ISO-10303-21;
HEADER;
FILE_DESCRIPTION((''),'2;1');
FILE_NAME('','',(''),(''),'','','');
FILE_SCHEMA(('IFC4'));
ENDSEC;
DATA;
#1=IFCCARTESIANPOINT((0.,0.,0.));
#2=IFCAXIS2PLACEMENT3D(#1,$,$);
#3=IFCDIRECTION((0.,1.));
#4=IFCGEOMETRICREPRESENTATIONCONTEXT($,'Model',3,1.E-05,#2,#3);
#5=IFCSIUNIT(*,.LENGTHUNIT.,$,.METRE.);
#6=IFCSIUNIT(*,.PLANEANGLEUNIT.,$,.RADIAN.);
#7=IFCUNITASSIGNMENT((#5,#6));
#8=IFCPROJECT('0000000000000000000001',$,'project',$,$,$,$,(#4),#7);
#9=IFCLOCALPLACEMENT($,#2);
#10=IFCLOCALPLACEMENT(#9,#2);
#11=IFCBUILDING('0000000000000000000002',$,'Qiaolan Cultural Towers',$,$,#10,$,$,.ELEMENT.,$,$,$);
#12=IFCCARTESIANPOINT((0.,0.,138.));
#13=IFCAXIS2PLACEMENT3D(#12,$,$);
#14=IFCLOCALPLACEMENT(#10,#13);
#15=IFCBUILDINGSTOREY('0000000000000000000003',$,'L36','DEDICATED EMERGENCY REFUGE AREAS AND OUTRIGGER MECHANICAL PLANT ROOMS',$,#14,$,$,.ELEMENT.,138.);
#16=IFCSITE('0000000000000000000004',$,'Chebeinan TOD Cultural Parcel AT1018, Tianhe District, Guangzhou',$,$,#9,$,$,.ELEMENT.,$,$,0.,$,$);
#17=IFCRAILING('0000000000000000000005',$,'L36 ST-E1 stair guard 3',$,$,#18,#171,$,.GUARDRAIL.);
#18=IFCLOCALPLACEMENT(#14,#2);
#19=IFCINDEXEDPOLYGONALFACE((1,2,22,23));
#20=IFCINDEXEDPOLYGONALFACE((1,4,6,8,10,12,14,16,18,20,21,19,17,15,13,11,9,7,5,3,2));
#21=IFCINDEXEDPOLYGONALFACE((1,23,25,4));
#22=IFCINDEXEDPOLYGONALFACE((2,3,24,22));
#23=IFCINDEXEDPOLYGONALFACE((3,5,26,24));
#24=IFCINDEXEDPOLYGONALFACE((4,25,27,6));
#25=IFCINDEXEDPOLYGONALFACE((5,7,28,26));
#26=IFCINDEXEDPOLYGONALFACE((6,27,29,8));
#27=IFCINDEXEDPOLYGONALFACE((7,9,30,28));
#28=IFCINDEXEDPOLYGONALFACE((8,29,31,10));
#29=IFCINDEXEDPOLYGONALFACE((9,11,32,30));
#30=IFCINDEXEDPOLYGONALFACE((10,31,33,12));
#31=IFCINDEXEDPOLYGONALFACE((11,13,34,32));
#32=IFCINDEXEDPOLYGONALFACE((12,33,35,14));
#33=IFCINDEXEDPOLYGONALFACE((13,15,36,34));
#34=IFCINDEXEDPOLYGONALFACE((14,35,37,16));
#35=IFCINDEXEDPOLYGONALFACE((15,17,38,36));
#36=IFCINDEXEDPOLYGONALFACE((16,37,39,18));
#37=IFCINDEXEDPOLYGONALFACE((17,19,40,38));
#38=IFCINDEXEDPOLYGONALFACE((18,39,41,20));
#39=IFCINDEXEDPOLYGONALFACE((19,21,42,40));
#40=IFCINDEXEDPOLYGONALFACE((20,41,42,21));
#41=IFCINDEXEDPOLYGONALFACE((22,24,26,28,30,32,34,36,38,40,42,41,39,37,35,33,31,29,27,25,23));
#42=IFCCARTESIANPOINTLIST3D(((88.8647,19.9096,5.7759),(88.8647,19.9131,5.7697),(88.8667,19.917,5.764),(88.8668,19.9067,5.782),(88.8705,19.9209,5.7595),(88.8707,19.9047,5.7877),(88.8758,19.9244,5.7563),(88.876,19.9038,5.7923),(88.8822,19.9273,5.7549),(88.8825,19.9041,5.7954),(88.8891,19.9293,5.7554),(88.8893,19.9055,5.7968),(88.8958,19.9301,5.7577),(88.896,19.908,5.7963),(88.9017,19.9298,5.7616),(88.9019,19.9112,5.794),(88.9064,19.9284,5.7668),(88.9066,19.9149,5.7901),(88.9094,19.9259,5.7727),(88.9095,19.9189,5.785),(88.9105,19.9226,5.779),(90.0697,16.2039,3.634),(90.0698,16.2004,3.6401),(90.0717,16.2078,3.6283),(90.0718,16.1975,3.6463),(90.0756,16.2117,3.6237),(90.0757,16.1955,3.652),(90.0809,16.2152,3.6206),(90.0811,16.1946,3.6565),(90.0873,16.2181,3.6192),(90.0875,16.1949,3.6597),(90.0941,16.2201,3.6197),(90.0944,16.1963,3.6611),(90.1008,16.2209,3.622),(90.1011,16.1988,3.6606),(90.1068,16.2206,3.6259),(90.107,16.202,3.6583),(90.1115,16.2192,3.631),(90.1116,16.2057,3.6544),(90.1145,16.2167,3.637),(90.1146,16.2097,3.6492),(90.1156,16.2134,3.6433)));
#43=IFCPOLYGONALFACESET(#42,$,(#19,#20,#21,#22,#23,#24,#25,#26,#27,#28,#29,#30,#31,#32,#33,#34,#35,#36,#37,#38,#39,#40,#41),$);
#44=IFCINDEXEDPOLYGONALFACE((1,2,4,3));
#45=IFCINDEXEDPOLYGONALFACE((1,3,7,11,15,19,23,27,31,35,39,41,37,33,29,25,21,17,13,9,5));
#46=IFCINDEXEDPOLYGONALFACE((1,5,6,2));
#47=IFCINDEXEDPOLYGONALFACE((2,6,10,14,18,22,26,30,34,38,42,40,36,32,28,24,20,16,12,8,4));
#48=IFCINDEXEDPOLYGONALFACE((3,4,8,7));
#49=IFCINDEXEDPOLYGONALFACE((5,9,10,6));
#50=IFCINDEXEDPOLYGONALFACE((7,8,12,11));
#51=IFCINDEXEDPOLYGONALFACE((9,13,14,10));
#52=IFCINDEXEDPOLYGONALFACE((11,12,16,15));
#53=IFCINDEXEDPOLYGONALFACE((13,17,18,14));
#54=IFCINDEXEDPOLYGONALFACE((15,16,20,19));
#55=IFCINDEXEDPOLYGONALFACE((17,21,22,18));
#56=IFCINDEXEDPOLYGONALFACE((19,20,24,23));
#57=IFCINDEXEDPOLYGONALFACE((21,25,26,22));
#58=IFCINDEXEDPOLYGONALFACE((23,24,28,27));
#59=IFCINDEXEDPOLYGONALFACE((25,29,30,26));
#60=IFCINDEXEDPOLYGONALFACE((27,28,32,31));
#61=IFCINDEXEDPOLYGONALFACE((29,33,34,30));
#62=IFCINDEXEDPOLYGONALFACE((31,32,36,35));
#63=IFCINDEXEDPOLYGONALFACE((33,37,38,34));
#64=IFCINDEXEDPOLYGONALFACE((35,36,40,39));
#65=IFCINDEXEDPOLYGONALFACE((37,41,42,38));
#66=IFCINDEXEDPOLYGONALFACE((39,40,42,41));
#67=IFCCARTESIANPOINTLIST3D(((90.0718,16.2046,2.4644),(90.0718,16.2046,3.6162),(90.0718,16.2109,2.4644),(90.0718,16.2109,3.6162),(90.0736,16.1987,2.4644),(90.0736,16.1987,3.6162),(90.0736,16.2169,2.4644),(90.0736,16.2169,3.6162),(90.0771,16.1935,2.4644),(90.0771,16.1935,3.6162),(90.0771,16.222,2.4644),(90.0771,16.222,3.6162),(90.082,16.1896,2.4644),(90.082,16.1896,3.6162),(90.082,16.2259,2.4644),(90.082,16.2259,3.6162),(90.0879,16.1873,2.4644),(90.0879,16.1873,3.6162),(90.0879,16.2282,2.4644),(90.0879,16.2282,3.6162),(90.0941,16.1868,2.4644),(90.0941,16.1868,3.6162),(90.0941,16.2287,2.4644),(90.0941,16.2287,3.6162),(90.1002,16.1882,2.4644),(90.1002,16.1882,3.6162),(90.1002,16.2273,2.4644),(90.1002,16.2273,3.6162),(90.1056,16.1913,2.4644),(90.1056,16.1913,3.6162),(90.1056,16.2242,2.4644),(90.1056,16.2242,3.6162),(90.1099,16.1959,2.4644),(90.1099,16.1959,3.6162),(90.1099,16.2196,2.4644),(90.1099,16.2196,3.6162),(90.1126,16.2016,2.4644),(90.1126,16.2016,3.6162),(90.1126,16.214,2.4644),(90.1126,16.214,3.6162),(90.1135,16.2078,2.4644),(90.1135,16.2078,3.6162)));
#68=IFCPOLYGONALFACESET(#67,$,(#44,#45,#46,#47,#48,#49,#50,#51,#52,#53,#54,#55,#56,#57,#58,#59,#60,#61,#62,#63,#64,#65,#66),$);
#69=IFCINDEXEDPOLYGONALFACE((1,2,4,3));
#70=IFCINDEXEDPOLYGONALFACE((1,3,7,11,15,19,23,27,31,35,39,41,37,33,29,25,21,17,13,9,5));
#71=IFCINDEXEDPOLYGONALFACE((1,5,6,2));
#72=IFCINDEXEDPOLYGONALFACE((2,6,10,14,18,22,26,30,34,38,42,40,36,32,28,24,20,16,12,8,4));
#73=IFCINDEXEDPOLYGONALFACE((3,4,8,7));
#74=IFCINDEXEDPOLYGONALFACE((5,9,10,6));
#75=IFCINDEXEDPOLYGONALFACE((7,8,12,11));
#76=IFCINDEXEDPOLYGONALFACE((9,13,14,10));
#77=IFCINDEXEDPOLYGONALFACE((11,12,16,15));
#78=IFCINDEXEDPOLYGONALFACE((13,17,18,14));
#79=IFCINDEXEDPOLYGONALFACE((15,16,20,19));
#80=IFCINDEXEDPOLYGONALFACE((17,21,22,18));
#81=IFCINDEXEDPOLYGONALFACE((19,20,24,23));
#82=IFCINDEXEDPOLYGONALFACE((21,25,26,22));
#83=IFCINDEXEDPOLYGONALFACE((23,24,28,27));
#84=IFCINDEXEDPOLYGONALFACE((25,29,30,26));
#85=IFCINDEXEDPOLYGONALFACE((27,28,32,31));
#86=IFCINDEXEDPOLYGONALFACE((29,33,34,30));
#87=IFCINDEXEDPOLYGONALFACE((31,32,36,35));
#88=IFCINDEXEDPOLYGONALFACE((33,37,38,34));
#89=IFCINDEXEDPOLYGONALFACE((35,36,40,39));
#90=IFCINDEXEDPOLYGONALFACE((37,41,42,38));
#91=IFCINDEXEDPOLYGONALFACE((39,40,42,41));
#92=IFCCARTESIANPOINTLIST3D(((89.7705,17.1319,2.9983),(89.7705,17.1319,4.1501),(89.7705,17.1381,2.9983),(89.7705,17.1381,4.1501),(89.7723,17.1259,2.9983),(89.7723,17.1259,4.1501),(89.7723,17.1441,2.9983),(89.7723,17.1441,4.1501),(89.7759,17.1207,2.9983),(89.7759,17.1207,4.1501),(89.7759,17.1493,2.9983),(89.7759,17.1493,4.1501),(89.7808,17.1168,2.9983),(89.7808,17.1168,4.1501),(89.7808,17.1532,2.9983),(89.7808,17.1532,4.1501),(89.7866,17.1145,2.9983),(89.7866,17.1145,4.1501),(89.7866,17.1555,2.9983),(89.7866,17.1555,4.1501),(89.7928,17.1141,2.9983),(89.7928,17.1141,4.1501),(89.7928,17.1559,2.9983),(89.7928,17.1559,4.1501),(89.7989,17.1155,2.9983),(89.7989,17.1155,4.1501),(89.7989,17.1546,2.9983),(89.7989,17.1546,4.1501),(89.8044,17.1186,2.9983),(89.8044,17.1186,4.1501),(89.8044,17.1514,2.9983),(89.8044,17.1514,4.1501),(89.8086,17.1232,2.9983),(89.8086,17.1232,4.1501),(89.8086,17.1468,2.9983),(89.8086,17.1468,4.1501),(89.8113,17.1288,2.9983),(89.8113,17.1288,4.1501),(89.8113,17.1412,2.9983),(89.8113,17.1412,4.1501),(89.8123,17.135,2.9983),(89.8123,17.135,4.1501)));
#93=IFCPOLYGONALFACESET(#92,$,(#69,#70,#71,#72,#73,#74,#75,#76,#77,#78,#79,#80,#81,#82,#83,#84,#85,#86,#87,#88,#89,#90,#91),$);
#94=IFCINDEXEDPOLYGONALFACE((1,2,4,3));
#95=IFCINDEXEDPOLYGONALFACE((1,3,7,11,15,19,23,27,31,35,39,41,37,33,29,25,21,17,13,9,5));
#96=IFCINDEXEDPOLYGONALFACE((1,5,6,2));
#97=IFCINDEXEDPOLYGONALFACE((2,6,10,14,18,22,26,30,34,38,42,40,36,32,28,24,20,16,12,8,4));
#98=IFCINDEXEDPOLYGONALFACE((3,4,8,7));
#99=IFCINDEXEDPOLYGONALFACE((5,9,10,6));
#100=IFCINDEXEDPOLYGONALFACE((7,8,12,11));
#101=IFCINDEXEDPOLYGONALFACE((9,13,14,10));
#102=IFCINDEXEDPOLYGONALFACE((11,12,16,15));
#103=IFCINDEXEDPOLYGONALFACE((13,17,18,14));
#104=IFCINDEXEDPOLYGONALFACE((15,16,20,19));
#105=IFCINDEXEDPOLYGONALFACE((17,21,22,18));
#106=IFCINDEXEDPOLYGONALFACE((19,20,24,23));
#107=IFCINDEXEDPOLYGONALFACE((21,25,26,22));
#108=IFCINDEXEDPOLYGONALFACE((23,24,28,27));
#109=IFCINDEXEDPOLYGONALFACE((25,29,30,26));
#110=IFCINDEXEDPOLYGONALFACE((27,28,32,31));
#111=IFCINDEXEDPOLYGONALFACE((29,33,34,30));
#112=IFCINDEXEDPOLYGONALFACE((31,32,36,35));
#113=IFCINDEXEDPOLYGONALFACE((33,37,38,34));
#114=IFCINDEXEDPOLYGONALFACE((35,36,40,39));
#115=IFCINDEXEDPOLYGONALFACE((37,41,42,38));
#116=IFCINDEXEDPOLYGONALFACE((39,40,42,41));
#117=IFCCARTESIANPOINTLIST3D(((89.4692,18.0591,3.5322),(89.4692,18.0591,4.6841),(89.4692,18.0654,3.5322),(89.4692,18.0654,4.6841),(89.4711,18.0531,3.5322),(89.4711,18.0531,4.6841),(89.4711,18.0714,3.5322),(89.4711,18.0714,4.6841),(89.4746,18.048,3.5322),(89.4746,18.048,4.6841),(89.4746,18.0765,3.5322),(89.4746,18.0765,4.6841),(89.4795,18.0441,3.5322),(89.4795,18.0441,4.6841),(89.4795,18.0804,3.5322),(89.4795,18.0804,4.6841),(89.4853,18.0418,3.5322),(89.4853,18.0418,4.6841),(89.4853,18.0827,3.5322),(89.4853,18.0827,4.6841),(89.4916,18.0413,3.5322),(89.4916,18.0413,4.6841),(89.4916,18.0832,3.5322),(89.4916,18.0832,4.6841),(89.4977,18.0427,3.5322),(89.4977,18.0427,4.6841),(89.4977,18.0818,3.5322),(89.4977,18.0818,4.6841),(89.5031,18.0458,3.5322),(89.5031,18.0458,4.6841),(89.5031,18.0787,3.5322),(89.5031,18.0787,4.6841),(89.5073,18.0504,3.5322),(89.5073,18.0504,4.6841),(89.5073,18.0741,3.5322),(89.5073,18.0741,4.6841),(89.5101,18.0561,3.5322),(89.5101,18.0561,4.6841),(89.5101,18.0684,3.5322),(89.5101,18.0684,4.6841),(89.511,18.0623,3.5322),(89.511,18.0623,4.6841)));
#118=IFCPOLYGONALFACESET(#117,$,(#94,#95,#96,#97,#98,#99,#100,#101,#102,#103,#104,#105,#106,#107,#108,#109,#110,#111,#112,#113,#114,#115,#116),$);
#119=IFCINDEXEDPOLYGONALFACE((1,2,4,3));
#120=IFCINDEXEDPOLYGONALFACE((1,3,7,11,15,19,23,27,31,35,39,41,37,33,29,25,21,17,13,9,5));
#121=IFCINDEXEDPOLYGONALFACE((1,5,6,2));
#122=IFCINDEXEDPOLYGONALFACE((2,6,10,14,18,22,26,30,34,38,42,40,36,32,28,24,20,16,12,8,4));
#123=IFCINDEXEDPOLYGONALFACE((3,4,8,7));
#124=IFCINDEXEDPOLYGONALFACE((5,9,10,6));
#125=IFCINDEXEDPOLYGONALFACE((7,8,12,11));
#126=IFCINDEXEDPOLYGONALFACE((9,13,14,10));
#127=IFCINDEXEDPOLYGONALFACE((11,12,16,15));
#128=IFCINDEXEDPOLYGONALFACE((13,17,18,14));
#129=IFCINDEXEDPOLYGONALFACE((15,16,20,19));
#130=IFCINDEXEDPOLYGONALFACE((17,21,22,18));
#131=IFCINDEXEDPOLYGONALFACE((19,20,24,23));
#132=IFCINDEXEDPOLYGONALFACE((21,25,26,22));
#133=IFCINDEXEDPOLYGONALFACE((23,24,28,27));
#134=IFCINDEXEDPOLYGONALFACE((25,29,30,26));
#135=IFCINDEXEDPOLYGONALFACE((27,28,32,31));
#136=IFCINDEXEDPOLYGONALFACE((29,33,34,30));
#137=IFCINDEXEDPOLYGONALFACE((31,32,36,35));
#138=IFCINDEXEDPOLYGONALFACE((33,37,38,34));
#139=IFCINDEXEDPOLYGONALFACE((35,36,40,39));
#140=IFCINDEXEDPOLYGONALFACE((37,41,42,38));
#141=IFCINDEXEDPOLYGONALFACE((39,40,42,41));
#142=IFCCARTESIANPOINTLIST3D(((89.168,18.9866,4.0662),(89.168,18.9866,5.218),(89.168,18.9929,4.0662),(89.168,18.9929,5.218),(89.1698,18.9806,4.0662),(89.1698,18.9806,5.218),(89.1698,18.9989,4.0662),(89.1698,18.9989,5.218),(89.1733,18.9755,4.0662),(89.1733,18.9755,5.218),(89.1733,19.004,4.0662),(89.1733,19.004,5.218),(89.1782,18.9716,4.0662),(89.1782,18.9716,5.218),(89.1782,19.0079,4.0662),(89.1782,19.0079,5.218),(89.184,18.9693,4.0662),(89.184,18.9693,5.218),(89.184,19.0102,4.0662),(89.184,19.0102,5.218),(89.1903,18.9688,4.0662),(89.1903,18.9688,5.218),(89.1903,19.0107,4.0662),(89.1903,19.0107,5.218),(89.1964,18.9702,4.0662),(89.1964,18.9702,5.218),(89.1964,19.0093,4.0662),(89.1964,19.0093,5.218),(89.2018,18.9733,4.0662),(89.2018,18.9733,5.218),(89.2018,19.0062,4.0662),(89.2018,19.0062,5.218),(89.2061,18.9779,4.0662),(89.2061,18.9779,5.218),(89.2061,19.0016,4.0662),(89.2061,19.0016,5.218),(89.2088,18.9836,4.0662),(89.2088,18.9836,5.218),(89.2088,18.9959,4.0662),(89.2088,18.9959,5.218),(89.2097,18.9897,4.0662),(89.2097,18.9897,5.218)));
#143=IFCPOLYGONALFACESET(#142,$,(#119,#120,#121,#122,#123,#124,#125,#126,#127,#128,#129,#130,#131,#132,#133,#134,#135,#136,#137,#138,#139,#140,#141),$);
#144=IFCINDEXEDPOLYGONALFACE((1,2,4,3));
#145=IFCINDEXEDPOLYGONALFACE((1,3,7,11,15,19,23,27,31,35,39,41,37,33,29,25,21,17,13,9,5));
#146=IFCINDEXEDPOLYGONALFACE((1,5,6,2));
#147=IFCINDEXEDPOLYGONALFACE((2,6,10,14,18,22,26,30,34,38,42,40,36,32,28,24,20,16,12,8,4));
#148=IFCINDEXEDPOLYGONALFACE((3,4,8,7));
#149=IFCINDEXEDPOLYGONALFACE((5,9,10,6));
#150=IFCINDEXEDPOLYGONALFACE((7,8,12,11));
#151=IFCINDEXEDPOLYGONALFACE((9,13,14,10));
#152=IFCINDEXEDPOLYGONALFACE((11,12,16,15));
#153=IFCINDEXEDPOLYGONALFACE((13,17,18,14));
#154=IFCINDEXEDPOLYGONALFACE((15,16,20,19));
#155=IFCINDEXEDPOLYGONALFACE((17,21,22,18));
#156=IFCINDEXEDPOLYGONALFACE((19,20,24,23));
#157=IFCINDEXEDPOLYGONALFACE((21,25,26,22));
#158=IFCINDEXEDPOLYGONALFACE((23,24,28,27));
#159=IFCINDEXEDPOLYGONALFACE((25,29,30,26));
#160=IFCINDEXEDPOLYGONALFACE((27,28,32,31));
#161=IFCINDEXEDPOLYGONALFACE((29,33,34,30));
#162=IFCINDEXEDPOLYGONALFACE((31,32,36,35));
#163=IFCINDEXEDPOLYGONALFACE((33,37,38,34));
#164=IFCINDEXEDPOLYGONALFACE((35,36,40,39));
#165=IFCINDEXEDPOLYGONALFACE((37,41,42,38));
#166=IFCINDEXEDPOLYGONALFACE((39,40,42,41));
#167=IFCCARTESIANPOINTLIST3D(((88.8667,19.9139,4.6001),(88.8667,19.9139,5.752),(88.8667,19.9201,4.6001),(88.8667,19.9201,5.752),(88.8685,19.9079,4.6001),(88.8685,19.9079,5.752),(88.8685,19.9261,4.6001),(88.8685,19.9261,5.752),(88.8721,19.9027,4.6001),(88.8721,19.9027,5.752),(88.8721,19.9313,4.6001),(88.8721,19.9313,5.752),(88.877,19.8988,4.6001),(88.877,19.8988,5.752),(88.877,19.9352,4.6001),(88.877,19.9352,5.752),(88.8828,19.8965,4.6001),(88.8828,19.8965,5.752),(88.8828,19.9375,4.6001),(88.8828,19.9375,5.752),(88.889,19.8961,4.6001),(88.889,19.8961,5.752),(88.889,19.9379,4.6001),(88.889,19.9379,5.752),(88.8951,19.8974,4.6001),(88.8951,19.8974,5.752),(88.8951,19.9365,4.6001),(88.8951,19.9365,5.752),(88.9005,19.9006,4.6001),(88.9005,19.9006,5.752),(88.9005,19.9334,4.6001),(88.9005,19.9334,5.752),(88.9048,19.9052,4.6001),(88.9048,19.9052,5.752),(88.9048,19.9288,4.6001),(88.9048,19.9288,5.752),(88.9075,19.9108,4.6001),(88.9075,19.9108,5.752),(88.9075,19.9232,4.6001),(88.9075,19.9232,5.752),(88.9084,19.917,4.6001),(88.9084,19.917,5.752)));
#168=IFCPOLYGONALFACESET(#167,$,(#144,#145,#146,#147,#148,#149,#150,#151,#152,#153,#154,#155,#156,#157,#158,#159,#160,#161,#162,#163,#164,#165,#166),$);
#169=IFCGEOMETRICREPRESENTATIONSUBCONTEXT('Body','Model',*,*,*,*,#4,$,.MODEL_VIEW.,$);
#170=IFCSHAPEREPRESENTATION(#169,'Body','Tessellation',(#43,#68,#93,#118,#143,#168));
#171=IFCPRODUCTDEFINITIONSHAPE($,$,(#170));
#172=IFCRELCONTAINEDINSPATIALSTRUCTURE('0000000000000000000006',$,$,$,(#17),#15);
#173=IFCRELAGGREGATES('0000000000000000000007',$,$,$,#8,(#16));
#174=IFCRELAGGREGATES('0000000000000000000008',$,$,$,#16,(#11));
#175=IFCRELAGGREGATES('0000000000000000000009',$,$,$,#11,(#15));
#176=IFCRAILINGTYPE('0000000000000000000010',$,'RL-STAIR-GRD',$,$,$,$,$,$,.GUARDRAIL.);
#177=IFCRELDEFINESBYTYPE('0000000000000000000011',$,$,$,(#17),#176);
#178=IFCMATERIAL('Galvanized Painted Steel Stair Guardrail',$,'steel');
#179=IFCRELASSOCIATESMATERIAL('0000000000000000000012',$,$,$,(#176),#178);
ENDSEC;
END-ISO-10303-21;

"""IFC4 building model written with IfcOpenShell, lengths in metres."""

from ifc_helpers import new_model, si_unit, direction, frame, origin, origin_2d, place, context, subcontext, project, spatial, circle, extrude, material, type_object, element, save


model = new_model("IFC4")

# Units and contexts
model_context = context("Model", 3, precision=1e-05, world=origin(), true_north=direction((0.0, 1.0)))
body_context = subcontext(model_context, "Body", "Model", "MODEL_VIEW")
ifc_project = project(units=[si_unit("LENGTHUNIT", "METRE"), si_unit("PLANEANGLEUNIT", "RADIAN")], contexts=[model_context])

# Site, building, storey
site_placement = place(None, origin())
site = spatial("IfcSite", under=ifc_project, at=site_placement, Name="Chebeinan TOD Cultural Parcel AT1018, Tianhe District, Guangzhou", CompositionType="ELEMENT", RefElevation=0.0)
building_placement = place(site_placement, origin())
building = spatial("IfcBuilding", under=site, at=building_placement, Name="Qiaolan Cultural Towers", CompositionType="ELEMENT")
storey_placement = place(building_placement, frame((0.0, 0.0, 138.0)))
storey = spatial("IfcBuildingStorey", under=building, at=storey_placement, Name="L36", Description="DEDICATED EMERGENCY REFUGE AREAS AND OUTRIGGER MECHANICAL PLANT ROOMS", CompositionType="ELEMENT", Elevation=138.0)

# Railing
ifc_material_1 = material(Name="Galvanized Painted Steel Stair Guardrail", Category="steel")
railing_type_1 = type_object("IfcRailingType", Name="RL-STAIR-GRD", PredefinedType="GUARDRAIL", material=ifc_material_1)
railing_1_placement = place(storey_placement, frame((90.0925, 16.2078, 2.4644)))
element("IfcRailing", 1, at=railing_1_placement, inside=storey, type_object=railing_type_1, Name="L36 ST-E1 stair guard 3", PredefinedType="GUARDRAIL", context=body_context, shape_type="SweptSolid", body=[
    extrude(circle(Radius=0.0239, at=origin_2d()), frame((0.0, 0.0, 1.1758), z_axis=(-0.271013, 0.834177, 0.480312), x_axis=(-0.951066, -0.308988, 0.0)), (0.0, 0.0, 1.0), 4.4465),
    extrude(circle(Radius=0.021, at=origin_2d()), origin(), (0.0, 0.0, 1.0), 1.1519),
    extrude(circle(Radius=0.021, at=origin_2d()), frame((-0.3013, 0.9272, 0.5339)), (0.0, 0.0, 1.0), 1.1519),
    extrude(circle(Radius=0.021, at=origin_2d()), frame((-0.6025, 1.8545, 1.0679)), (0.0, 0.0, 1.0), 1.1519),
    extrude(circle(Radius=0.021, at=origin_2d()), frame((-0.9038, 2.782, 1.6018)), (0.0, 0.0, 1.0), 1.1519),
    extrude(circle(Radius=0.021, at=origin_2d()), frame((-1.2051, 3.7092, 2.1357)), (0.0, 0.0, 1.0), 1.1519),
])

save(model, "model.ifc")
